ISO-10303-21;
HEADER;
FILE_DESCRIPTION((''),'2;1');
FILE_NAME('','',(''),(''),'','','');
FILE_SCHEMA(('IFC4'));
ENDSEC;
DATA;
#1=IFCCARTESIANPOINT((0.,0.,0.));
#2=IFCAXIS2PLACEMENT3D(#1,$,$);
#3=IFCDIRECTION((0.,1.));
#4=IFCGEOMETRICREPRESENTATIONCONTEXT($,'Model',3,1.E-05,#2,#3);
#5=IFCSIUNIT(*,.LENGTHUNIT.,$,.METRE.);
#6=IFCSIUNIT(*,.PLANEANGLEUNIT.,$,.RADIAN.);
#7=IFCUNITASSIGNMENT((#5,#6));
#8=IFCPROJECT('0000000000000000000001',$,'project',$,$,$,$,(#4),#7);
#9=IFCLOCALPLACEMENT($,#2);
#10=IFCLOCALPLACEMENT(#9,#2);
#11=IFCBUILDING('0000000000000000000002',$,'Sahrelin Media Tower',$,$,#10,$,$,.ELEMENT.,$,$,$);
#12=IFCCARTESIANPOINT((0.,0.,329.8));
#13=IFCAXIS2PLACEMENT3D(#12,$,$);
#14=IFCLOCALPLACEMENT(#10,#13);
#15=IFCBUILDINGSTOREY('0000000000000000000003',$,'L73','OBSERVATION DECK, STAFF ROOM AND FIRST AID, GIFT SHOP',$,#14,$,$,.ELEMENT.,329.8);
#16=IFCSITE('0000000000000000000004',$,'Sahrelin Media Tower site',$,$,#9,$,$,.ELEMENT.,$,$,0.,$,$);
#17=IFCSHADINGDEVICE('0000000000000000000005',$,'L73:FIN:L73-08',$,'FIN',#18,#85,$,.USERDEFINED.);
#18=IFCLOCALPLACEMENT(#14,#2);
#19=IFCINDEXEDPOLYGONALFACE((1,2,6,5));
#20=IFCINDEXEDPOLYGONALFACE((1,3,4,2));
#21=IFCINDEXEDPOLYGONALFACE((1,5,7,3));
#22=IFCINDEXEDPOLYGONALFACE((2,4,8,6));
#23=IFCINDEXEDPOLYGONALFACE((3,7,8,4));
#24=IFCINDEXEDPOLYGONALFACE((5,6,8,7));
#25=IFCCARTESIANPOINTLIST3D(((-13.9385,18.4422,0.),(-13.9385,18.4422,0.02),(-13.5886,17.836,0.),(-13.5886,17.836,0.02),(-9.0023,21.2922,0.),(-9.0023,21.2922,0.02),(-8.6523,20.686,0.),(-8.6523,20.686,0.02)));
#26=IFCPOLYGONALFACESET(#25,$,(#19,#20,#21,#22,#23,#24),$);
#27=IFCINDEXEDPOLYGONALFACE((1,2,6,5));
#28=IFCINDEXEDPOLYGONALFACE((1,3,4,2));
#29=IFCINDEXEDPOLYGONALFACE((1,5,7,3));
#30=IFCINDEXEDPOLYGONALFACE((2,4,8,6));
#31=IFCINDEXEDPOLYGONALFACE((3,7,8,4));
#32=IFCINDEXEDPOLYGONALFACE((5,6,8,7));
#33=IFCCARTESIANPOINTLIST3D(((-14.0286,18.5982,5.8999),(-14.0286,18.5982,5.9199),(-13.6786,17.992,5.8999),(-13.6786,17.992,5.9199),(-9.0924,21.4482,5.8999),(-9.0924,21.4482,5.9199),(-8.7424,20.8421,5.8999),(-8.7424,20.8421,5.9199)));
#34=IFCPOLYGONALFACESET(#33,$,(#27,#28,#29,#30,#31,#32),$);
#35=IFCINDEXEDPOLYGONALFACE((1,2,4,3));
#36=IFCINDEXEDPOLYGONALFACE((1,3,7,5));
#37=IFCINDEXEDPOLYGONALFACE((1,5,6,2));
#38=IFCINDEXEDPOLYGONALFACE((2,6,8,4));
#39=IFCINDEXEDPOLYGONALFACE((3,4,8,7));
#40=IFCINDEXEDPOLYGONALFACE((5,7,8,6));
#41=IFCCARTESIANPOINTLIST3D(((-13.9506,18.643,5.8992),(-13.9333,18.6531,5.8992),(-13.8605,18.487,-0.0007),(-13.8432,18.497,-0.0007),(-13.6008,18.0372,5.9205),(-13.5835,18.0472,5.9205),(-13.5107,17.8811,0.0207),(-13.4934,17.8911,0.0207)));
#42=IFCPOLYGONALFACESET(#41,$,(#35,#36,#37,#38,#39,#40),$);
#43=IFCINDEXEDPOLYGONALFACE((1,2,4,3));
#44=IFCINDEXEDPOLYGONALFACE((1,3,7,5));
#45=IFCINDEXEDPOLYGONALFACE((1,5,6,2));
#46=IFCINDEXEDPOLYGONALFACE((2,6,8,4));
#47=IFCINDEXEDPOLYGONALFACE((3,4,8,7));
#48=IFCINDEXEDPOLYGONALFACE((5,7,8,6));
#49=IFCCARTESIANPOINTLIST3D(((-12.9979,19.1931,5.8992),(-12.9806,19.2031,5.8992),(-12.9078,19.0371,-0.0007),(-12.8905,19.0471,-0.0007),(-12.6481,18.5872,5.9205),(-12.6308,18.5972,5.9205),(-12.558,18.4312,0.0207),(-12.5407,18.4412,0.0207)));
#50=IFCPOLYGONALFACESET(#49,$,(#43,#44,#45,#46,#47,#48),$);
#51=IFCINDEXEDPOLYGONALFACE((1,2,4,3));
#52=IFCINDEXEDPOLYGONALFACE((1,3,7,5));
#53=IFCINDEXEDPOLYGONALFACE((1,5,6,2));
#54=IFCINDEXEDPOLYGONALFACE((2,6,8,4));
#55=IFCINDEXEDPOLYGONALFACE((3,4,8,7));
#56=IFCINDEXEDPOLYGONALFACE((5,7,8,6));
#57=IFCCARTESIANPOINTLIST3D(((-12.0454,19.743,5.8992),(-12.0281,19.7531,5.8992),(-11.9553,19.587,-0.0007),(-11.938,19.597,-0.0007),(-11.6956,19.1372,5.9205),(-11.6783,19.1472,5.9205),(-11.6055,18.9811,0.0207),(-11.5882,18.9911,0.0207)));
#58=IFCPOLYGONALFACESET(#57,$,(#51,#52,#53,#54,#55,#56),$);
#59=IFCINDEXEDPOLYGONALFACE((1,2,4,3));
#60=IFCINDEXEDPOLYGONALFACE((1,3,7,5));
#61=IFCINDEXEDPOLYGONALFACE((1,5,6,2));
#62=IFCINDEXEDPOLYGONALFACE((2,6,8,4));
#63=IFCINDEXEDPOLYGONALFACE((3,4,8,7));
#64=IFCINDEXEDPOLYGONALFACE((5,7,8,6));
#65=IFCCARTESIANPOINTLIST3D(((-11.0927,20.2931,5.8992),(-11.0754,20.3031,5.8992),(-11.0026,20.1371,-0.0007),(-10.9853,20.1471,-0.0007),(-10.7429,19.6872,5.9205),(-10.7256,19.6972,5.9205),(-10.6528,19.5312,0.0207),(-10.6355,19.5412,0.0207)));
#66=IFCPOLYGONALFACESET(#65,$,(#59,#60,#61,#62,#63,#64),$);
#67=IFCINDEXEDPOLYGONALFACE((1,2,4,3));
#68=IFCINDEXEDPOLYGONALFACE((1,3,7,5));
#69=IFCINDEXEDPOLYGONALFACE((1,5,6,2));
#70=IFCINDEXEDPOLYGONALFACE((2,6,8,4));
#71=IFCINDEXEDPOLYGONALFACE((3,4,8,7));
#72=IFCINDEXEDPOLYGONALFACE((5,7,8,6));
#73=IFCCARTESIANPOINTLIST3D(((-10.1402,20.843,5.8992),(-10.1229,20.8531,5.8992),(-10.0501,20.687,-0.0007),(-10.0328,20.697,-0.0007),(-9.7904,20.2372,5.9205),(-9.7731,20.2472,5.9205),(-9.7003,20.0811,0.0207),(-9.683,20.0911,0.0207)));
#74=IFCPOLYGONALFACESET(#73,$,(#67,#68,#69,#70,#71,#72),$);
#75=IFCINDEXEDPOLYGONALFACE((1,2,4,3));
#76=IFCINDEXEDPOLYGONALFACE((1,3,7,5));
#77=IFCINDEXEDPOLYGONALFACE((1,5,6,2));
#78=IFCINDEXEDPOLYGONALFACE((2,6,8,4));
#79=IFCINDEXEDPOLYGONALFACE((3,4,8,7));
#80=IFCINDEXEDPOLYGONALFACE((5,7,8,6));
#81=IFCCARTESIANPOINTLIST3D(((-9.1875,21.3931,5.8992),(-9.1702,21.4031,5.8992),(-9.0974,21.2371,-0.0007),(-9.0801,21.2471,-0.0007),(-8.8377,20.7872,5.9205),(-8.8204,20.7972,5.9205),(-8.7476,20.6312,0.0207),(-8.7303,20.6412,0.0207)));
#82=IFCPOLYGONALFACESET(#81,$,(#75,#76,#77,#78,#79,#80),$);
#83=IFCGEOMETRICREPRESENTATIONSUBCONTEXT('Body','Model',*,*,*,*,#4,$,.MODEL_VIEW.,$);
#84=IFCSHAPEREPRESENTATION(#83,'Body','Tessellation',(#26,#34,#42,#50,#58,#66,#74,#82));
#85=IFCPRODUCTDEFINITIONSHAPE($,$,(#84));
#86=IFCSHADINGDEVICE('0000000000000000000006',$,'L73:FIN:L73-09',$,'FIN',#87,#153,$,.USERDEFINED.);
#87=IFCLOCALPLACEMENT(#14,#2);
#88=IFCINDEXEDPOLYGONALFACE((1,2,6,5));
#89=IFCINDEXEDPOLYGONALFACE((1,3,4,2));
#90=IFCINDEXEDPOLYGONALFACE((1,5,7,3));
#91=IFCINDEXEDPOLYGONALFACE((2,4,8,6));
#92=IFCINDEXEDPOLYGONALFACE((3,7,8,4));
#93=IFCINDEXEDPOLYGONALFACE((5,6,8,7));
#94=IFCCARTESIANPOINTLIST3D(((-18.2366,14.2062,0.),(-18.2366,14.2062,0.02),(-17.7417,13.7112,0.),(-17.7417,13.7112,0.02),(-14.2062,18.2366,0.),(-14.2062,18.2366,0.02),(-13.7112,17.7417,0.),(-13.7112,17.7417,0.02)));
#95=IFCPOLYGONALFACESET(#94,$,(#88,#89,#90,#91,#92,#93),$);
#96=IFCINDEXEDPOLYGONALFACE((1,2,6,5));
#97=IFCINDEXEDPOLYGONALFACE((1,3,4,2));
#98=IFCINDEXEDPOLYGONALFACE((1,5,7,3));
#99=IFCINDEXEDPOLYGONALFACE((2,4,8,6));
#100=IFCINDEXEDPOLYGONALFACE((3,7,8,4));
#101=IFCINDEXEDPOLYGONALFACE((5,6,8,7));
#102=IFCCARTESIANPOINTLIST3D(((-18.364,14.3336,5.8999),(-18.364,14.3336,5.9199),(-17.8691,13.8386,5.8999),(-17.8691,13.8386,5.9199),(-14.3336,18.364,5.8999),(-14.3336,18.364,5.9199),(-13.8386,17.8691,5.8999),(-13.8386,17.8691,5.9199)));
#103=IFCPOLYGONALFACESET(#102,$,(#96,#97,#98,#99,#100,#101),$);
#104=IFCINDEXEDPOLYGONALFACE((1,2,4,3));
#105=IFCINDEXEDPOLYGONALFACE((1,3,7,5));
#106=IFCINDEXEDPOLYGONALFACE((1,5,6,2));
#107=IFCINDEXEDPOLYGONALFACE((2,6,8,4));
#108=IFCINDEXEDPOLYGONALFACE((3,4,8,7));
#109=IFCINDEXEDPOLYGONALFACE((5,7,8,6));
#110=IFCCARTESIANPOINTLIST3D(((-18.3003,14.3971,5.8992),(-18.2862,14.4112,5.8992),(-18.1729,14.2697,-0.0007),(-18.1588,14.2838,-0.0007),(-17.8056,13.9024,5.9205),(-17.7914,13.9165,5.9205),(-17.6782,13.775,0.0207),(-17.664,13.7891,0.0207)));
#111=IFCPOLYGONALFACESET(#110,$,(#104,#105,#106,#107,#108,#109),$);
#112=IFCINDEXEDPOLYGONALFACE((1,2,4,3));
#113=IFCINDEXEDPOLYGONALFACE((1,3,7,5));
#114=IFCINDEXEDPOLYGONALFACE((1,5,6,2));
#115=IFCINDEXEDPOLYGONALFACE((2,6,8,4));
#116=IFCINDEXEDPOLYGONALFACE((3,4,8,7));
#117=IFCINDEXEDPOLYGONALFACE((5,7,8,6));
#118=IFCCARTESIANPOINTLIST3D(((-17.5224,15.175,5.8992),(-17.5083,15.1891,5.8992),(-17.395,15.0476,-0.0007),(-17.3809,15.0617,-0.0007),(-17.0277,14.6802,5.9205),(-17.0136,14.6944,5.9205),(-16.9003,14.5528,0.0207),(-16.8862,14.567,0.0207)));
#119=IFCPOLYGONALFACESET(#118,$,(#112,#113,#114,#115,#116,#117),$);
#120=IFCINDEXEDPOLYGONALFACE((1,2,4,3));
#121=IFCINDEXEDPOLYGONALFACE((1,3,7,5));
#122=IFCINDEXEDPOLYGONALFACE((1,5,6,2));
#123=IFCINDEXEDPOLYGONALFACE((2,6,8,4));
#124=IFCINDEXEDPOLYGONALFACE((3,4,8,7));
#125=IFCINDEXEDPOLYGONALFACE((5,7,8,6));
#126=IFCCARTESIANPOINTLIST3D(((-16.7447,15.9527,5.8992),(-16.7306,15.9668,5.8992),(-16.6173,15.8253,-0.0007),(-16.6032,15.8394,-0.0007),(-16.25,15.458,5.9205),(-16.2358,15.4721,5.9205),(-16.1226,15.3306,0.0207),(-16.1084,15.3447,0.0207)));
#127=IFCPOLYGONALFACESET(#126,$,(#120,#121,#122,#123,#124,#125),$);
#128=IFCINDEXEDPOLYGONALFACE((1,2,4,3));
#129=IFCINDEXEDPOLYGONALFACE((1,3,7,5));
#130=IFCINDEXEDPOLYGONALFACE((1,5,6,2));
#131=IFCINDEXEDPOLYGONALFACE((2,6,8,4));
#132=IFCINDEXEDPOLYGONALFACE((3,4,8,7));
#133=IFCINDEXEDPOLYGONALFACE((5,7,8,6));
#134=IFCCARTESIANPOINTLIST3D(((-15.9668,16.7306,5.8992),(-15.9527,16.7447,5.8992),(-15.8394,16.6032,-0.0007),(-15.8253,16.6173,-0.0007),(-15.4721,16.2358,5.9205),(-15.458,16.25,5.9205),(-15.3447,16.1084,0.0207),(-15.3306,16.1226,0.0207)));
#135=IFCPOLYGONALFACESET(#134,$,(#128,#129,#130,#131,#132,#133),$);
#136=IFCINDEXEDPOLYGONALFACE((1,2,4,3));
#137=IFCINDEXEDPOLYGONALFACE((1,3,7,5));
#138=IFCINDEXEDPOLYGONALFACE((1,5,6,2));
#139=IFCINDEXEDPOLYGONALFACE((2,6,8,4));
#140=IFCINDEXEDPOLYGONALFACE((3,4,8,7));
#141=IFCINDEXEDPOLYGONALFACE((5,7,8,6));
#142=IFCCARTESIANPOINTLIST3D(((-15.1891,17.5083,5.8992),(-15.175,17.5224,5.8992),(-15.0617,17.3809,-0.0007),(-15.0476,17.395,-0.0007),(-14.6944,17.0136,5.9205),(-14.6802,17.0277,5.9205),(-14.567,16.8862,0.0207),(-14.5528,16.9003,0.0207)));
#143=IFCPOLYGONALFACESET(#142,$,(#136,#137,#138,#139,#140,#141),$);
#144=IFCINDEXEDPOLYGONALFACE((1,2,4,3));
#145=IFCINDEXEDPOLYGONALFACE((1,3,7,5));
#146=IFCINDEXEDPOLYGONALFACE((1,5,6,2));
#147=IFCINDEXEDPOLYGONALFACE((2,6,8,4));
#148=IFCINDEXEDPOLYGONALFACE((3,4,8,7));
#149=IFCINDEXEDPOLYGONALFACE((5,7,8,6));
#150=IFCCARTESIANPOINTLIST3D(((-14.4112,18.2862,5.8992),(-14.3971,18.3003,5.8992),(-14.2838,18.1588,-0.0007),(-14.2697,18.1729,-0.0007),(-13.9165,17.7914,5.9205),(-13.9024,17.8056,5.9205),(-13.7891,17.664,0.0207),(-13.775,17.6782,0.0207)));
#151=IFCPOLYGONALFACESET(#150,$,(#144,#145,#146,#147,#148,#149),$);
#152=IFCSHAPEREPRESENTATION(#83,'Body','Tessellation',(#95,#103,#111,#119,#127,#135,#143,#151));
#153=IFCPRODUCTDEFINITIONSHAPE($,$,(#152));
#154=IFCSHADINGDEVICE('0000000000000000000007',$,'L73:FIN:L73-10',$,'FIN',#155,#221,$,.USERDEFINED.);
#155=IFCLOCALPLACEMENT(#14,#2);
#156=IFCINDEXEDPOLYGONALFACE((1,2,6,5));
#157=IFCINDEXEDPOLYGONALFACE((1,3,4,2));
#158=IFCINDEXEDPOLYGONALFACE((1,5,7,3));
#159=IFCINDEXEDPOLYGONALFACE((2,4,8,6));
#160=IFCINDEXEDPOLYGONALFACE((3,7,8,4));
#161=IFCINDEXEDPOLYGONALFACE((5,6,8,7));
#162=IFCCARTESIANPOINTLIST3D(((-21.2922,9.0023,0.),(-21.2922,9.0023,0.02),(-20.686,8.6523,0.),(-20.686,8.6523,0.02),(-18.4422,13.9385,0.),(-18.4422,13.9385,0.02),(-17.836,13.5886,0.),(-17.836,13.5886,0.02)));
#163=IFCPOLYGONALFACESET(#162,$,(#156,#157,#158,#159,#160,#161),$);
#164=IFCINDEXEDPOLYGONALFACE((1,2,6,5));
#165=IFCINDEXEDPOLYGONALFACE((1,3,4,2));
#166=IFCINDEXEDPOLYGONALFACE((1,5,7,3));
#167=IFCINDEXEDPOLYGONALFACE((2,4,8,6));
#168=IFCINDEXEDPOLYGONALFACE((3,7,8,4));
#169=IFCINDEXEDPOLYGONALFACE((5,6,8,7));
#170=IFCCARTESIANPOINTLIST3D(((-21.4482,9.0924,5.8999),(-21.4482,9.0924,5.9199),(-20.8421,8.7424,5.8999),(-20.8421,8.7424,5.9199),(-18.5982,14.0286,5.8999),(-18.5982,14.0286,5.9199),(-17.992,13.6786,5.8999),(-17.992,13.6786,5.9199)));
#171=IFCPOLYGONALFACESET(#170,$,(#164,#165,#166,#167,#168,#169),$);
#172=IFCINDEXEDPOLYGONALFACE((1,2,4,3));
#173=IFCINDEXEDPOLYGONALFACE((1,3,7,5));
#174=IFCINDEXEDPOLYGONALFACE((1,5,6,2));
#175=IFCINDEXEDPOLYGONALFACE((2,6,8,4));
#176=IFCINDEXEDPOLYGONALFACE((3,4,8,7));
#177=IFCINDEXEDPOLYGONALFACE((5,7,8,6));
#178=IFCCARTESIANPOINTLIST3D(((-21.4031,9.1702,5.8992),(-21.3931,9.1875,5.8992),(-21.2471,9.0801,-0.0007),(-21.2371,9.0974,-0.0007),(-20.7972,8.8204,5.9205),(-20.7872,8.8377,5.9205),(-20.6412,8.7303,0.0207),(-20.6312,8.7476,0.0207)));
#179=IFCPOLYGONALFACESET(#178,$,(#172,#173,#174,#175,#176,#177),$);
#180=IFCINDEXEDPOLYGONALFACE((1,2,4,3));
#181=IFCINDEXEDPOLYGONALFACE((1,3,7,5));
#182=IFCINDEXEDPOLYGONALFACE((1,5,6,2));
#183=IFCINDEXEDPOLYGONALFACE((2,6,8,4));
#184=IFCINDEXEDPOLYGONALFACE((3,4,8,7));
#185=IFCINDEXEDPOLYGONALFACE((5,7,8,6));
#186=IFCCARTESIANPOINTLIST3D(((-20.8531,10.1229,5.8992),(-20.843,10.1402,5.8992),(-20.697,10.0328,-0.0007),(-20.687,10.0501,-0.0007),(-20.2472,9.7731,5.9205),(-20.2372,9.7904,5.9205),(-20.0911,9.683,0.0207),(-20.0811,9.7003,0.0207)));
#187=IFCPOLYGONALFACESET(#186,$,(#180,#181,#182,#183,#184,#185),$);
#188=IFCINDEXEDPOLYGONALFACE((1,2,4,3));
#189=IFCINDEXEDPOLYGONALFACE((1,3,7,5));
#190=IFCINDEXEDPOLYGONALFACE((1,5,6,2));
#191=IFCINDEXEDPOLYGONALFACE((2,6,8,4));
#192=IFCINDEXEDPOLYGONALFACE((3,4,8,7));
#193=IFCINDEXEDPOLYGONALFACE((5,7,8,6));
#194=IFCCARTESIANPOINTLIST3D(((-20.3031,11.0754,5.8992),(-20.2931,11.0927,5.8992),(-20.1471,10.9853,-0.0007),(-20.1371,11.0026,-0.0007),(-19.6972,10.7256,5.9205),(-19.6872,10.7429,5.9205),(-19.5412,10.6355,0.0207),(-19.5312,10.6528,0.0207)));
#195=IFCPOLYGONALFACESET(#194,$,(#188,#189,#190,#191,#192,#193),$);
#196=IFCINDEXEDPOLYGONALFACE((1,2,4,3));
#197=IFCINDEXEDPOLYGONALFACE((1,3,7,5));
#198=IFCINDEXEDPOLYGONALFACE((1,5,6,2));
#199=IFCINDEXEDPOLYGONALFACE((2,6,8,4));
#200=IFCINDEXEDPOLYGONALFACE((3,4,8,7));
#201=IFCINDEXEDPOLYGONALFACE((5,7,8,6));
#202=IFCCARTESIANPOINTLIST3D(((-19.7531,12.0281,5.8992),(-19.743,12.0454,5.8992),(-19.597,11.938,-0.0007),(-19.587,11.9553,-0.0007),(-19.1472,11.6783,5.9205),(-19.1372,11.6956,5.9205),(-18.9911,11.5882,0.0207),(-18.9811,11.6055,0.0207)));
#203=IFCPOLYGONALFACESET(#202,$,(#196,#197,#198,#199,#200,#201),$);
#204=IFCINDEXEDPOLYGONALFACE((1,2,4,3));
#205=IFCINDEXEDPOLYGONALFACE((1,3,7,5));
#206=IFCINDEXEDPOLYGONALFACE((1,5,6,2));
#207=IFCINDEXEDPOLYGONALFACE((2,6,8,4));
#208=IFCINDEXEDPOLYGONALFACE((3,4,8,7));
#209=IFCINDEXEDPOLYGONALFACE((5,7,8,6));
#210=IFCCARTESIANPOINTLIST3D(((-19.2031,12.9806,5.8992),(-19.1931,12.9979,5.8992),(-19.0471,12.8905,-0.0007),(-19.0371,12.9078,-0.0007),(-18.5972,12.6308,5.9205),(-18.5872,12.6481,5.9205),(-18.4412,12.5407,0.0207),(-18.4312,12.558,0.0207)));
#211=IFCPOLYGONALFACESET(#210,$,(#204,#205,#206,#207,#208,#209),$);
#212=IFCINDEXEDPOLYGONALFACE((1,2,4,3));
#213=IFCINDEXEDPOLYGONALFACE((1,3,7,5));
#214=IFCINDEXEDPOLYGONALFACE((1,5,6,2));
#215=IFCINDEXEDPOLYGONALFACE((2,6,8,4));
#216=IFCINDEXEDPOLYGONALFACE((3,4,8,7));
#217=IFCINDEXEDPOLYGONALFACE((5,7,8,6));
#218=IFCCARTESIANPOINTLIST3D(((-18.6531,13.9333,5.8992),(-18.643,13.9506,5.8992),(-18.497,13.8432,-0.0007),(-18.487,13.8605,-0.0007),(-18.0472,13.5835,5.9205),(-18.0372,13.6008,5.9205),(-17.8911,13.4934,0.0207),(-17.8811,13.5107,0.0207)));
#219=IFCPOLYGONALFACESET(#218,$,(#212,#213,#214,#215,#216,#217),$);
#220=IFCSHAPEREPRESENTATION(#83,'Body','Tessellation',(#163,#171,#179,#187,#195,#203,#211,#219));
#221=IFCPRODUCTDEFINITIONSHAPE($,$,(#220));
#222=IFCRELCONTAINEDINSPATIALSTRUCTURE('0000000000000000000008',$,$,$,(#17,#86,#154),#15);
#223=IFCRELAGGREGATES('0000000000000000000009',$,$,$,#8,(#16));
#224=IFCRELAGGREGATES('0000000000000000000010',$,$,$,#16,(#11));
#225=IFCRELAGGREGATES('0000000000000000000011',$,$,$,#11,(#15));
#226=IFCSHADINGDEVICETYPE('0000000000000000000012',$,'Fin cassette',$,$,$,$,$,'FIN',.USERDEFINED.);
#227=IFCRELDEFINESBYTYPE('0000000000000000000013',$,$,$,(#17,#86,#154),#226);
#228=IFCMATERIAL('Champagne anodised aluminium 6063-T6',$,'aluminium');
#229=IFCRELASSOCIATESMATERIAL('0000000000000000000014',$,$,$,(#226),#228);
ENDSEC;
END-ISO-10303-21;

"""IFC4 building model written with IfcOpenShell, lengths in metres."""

from ifc_helpers import new_model, si_unit, direction, frame, origin, origin_2d, place, context, subcontext, project, spatial, rectangle, extrude, material, type_object, element, save


model = new_model("IFC4")

# Units and contexts
model_context = context("Model", 3, precision=1e-05, world=origin(), true_north=direction((0.0, 1.0)))
body_context = subcontext(model_context, "Body", "Model", "MODEL_VIEW")
ifc_project = project(units=[si_unit("LENGTHUNIT", "METRE"), si_unit("PLANEANGLEUNIT", "RADIAN")], contexts=[model_context])

# Site, building, storey
site_placement = place(None, origin())
site = spatial("IfcSite", under=ifc_project, at=site_placement, Name="Sahrelin Media Tower site", CompositionType="ELEMENT", RefElevation=0.0)
building_placement = place(site_placement, origin())
building = spatial("IfcBuilding", under=site, at=building_placement, Name="Sahrelin Media Tower", CompositionType="ELEMENT")
storey_placement = place(building_placement, frame((0.0, 0.0, 329.8)))
storey = spatial("IfcBuildingStorey", under=building, at=storey_placement, Name="L73", Description="OBSERVATION DECK, STAFF ROOM AND FIRST AID, GIFT SHOP", CompositionType="ELEMENT", Elevation=329.8)

# Shared definitions
ifc_material_1 = material(Name="Champagne anodised aluminium 6063-T6", Category="aluminium")

# Shading devices
shading_device_type_1 = type_object("IfcShadingDeviceType", Name="Fin cassette", ElementType="FIN", PredefinedType="USERDEFINED", material=ifc_material_1)
placement_1 = place(storey_placement, frame((-11.0854, 19.2004, 0.0), z_axis=(0.0, 0.0, 1.0), x_axis=(0.866019, 0.500011, 0.0)))
element("IfcShadingDevice", 1, at=placement_1, inside=storey, type_object=shading_device_type_1, Name="L73:FIN:L73-08", ObjectType="FIN", PredefinedType="USERDEFINED", context=body_context, shape_type="SweptSolid", body=[
    extrude(rectangle(XDim=5.7, YDim=0.7, at=origin_2d()), frame((0.0, 0.4199, 0.0)), (0.0, 0.0, 1.0), 0.02),
    extrude(rectangle(XDim=5.7, YDim=0.7, at=origin_2d()), frame((0.0, 0.6001, 5.8999)), (0.0, 0.0, 1.0), 0.02),
    extrude(rectangle(XDim=0.02, YDim=0.7, at=origin_2d()), frame((-2.75, 0.4199, 0.01), z_axis=(0.0, 0.030525, 0.999534), x_axis=(-1.0, 0.0, 0.0)), (0.0, 0.0, 1.0), 5.9026),
    extrude(rectangle(XDim=0.02, YDim=0.7, at=origin_2d()), frame((-1.6499, 0.4199, 0.01), z_axis=(0.0, 0.030525, 0.999534), x_axis=(-1.0, 0.0, 0.0)), (0.0, 0.0, 1.0), 5.9026),
    extrude(rectangle(XDim=0.02, YDim=0.7, at=origin_2d()), frame((-0.55, 0.4199, 0.01), z_axis=(0.0, 0.030525, 0.999534), x_axis=(-1.0, 0.0, 0.0)), (0.0, 0.0, 1.0), 5.9026),
    extrude(rectangle(XDim=0.02, YDim=0.7, at=origin_2d()), frame((0.55, 0.4199, 0.01), z_axis=(0.0, 0.030525, 0.999534), x_axis=(-1.0, 0.0, 0.0)), (0.0, 0.0, 1.0), 5.9026),
    extrude(rectangle(XDim=0.02, YDim=0.7, at=origin_2d()), frame((1.6499, 0.4199, 0.01), z_axis=(0.0, 0.030525, 0.999534), x_axis=(-1.0, 0.0, 0.0)), (0.0, 0.0, 1.0), 5.9026),
    extrude(rectangle(XDim=0.02, YDim=0.7, at=origin_2d()), frame((2.75, 0.4199, 0.01), z_axis=(0.0, 0.030525, 0.999534), x_axis=(-1.0, 0.0, 0.0)), (0.0, 0.0, 1.0), 5.9026),
])
placement_2 = place(storey_placement, frame((-15.677, 15.677, 0.0), z_axis=(0.0, 0.0, 1.0), x_axis=(0.707107, 0.707107, 0.0)))
element("IfcShadingDevice", 2, at=placement_2, inside=storey, type_object=shading_device_type_1, Name="L73:FIN:L73-09", ObjectType="FIN", PredefinedType="USERDEFINED", context=body_context, shape_type="SweptSolid", body=[
    extrude(rectangle(XDim=5.7, YDim=0.7, at=origin_2d()), frame((0.0, 0.4199, 0.0)), (0.0, 0.0, 1.0), 0.02),
    extrude(rectangle(XDim=5.7, YDim=0.7, at=origin_2d()), frame((0.0, 0.6001, 5.8999)), (0.0, 0.0, 1.0), 0.02),
    extrude(rectangle(XDim=0.02, YDim=0.7, at=origin_2d()), frame((-2.75, 0.4199, 0.01), z_axis=(0.0, 0.030525, 0.999534), x_axis=(-1.0, 0.0, 0.0)), (0.0, 0.0, 1.0), 5.9026),
    extrude(rectangle(XDim=0.02, YDim=0.7, at=origin_2d()), frame((-1.6499, 0.4199, 0.01), z_axis=(0.0, 0.030525, 0.999534), x_axis=(-1.0, 0.0, 0.0)), (0.0, 0.0, 1.0), 5.9026),
    extrude(rectangle(XDim=0.02, YDim=0.7, at=origin_2d()), frame((-0.55, 0.4199, 0.01), z_axis=(0.0, 0.030525, 0.999534), x_axis=(-1.0, 0.0, 0.0)), (0.0, 0.0, 1.0), 5.9026),
    extrude(rectangle(XDim=0.02, YDim=0.7, at=origin_2d()), frame((0.55, 0.4199, 0.01), z_axis=(0.0, 0.030525, 0.999534), x_axis=(-1.0, 0.0, 0.0)), (0.0, 0.0, 1.0), 5.9026),
    extrude(rectangle(XDim=0.02, YDim=0.7, at=origin_2d()), frame((1.6499, 0.4199, 0.01), z_axis=(0.0, 0.030525, 0.999534), x_axis=(-1.0, 0.0, 0.0)), (0.0, 0.0, 1.0), 5.9026),
    extrude(rectangle(XDim=0.02, YDim=0.7, at=origin_2d()), frame((2.75, 0.4199, 0.01), z_axis=(0.0, 0.030525, 0.999534), x_axis=(-1.0, 0.0, 0.0)), (0.0, 0.0, 1.0), 5.9026),
])
placement_3 = place(storey_placement, frame((-19.2004, 11.0854, 0.0), z_axis=(0.0, 0.0, 1.0), x_axis=(0.500011, 0.866019, 0.0)))
element("IfcShadingDevice", 3, at=placement_3, inside=storey, type_object=shading_device_type_1, Name="L73:FIN:L73-10", ObjectType="FIN", PredefinedType="USERDEFINED", context=body_context, shape_type="SweptSolid", body=[
    extrude(rectangle(XDim=5.7, YDim=0.7, at=origin_2d()), frame((0.0, 0.4199, 0.0)), (0.0, 0.0, 1.0), 0.02),
    extrude(rectangle(XDim=5.7, YDim=0.7, at=origin_2d()), frame((0.0, 0.6001, 5.8999)), (0.0, 0.0, 1.0), 0.02),
    extrude(rectangle(XDim=0.02, YDim=0.7, at=origin_2d()), frame((-2.75, 0.4199, 0.01), z_axis=(0.0, 0.030525, 0.999534), x_axis=(-1.0, 0.0, 0.0)), (0.0, 0.0, 1.0), 5.9026),
    extrude(rectangle(XDim=0.02, YDim=0.7, at=origin_2d()), frame((-1.6499, 0.4199, 0.01), z_axis=(0.0, 0.030525, 0.999534), x_axis=(-1.0, 0.0, 0.0)), (0.0, 0.0, 1.0), 5.9026),
    extrude(rectangle(XDim=0.02, YDim=0.7, at=origin_2d()), frame((-0.55, 0.4199, 0.01), z_axis=(0.0, 0.030525, 0.999534), x_axis=(-1.0, 0.0, 0.0)), (0.0, 0.0, 1.0), 5.9026),
    extrude(rectangle(XDim=0.02, YDim=0.7, at=origin_2d()), frame((0.55, 0.4199, 0.01), z_axis=(0.0, 0.030525, 0.999534), x_axis=(-1.0, 0.0, 0.0)), (0.0, 0.0, 1.0), 5.9026),
    extrude(rectangle(XDim=0.02, YDim=0.7, at=origin_2d()), frame((1.6499, 0.4199, 0.01), z_axis=(0.0, 0.030525, 0.999534), x_axis=(-1.0, 0.0, 0.0)), (0.0, 0.0, 1.0), 5.9026),
    extrude(rectangle(XDim=0.02, YDim=0.7, at=origin_2d()), frame((2.75, 0.4199, 0.01), z_axis=(0.0, 0.030525, 0.999534), x_axis=(-1.0, 0.0, 0.0)), (0.0, 0.0, 1.0), 5.9026),
])

save(model, "model.ifc")
